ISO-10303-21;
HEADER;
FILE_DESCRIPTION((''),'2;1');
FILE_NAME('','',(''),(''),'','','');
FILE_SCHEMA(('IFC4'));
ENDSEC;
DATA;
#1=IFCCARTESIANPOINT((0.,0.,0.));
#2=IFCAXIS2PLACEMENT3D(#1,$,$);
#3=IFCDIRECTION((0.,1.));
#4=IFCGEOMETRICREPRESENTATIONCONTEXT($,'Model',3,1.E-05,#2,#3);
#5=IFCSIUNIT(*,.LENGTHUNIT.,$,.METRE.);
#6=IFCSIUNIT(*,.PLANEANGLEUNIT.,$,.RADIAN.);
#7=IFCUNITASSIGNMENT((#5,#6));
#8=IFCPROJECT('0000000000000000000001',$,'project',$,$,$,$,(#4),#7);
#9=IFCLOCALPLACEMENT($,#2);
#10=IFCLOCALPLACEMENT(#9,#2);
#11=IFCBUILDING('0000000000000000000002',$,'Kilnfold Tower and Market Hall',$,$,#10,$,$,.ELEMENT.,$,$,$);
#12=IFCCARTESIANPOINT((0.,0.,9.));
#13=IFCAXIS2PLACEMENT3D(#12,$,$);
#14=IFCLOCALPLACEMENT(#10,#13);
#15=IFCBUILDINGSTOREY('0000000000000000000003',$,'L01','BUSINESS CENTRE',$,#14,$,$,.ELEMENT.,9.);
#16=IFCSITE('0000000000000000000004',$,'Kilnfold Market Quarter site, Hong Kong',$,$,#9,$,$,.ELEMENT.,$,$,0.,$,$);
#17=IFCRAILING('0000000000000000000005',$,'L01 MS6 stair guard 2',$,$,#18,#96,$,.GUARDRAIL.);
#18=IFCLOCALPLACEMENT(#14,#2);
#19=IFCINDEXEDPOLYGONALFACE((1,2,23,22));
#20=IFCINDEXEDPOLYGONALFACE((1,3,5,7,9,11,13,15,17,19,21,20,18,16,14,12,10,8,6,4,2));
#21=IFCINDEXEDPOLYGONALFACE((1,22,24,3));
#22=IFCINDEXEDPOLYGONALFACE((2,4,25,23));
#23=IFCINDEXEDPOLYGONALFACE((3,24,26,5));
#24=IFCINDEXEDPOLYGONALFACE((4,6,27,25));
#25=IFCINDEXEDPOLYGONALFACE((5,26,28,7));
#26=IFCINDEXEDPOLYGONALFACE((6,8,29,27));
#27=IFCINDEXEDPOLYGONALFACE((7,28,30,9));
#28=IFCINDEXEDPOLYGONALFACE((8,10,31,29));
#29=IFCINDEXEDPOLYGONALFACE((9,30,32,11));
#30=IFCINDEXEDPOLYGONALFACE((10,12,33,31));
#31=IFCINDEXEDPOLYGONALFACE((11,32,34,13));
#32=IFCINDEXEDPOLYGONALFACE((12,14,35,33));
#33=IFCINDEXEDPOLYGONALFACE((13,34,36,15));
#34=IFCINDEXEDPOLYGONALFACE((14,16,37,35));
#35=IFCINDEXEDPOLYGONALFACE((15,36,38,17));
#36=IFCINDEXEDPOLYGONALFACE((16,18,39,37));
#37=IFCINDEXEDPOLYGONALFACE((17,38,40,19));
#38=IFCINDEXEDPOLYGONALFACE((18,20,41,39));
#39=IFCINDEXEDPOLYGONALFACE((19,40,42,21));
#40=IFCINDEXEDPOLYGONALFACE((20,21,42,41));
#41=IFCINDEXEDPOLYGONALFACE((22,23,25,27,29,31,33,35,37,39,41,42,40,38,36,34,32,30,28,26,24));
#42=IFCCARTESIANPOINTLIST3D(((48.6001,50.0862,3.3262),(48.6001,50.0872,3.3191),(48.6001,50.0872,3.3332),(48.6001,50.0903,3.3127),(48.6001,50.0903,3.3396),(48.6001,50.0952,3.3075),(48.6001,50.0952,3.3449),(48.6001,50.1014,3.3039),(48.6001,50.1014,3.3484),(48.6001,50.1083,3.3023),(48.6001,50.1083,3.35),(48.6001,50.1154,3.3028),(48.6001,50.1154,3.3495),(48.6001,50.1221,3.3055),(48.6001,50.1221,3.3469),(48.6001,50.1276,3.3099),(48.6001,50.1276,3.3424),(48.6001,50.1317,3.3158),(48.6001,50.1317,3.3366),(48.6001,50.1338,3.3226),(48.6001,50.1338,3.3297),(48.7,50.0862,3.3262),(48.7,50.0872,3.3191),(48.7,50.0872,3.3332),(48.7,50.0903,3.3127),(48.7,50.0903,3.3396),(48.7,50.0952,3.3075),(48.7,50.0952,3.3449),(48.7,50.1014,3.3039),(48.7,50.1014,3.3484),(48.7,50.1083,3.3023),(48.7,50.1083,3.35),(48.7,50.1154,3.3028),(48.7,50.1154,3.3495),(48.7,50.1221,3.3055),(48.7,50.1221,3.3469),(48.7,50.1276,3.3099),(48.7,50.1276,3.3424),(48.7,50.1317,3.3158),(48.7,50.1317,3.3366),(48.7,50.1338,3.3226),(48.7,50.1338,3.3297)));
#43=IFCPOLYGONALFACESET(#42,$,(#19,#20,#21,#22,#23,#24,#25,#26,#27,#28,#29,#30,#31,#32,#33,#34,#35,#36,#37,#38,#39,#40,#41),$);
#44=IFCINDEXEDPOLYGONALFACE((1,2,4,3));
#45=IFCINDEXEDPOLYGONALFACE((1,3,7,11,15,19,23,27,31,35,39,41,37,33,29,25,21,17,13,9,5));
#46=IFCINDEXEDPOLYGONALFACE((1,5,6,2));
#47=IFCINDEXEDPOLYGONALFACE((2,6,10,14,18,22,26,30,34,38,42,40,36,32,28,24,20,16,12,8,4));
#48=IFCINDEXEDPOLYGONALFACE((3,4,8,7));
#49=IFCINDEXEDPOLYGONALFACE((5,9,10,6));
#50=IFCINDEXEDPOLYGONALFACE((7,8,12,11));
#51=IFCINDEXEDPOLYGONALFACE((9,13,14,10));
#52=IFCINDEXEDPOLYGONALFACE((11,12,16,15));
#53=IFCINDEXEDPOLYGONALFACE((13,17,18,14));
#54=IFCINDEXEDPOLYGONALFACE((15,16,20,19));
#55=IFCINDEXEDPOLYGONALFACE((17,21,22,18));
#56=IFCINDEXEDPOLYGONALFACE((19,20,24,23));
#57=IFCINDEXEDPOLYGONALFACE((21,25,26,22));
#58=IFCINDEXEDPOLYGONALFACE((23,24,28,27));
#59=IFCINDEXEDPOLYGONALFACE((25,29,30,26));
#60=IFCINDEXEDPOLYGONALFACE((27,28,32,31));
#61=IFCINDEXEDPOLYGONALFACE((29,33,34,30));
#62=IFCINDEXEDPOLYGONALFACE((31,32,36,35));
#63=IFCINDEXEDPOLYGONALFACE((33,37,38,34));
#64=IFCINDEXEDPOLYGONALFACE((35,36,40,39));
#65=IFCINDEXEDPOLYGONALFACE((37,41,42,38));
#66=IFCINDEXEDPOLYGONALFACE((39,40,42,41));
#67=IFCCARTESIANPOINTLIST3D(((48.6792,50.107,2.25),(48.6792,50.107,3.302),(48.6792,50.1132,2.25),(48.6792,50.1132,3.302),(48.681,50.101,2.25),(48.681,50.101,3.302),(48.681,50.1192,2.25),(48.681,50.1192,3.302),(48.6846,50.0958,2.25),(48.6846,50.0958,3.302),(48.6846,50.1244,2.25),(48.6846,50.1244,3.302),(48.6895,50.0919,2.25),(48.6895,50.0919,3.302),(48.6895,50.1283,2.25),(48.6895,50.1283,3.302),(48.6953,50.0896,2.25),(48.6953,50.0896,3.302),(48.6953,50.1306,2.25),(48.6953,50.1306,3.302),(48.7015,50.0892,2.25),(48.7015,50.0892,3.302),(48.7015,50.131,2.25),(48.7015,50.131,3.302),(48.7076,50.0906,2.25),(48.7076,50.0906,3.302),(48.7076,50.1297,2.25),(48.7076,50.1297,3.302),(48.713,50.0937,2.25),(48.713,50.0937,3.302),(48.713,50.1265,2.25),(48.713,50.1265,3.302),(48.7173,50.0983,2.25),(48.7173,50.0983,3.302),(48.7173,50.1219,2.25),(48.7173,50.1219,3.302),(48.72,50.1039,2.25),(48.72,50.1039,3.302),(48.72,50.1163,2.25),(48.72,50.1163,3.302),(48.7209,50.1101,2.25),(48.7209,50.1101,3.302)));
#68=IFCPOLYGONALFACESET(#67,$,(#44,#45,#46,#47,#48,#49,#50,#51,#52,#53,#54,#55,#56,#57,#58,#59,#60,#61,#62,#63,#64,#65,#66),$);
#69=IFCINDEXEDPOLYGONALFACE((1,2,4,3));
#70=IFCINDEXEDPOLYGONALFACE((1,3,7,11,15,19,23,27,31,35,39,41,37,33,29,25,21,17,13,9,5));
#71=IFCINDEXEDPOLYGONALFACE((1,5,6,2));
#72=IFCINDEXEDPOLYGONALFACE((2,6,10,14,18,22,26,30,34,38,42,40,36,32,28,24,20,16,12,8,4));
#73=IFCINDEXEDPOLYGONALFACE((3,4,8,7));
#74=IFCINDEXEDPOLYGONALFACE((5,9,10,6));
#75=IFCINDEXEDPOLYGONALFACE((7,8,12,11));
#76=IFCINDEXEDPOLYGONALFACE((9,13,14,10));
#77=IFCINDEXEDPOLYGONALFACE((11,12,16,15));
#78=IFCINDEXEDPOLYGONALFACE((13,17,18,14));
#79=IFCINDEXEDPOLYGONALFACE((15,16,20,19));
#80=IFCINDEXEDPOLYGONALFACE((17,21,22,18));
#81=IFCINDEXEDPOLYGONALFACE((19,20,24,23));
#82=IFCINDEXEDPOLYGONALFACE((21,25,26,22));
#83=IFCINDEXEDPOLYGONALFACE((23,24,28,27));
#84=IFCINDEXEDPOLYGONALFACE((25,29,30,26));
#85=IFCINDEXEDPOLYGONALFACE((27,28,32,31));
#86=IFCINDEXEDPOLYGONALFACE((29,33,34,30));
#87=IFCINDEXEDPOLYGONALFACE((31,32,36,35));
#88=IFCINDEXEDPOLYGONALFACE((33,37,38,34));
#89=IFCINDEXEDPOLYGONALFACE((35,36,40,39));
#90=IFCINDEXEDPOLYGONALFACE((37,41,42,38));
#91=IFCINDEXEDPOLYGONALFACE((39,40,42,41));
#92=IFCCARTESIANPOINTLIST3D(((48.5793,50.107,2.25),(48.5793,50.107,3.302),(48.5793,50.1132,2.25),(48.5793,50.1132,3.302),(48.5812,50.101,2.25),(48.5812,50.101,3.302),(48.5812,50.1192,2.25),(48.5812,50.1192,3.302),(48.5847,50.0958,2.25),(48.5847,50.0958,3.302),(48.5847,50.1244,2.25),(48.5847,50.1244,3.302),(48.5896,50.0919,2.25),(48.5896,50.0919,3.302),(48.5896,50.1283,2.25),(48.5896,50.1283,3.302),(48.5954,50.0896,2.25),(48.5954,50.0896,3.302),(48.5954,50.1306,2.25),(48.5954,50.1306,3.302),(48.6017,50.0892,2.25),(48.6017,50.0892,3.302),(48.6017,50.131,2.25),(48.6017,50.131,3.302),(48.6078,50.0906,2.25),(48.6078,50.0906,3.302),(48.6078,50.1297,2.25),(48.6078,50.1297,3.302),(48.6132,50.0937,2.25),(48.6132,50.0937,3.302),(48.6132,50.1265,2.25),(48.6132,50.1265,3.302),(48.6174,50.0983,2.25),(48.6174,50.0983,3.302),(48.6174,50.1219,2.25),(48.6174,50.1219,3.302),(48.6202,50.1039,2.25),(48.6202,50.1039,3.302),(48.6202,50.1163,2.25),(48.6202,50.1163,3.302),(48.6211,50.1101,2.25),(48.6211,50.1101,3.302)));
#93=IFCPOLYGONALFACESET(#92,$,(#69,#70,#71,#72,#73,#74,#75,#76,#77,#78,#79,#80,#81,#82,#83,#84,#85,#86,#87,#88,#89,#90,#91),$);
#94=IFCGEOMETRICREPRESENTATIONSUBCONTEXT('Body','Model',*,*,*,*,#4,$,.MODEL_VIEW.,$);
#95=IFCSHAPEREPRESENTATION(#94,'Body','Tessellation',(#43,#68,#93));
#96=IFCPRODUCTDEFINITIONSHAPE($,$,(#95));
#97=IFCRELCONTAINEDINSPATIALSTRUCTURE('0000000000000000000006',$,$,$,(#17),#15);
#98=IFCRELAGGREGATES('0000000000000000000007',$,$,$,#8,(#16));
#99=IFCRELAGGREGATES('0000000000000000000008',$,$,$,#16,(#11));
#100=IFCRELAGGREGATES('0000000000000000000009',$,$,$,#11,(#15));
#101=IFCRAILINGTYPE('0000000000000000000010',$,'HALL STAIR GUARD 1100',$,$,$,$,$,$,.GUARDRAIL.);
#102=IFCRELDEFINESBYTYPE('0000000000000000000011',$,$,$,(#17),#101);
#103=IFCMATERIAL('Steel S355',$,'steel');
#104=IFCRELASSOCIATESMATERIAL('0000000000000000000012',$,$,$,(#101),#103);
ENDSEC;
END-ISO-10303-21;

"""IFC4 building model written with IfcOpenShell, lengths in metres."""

from ifc_helpers import new_model, si_unit, direction, frame, origin, origin_2d, place, context, subcontext, project, spatial, circle, extrude, material, type_object, element, save


model = new_model("IFC4")

# Units and contexts
model_context = context("Model", 3, precision=1e-05, world=origin(), true_north=direction((0.0, 1.0)))
body_context = subcontext(model_context, "Body", "Model", "MODEL_VIEW")
ifc_project = project(units=[si_unit("LENGTHUNIT", "METRE"), si_unit("PLANEANGLEUNIT", "RADIAN")], contexts=[model_context])

# Site, building, storey
site_placement = place(None, origin())
site = spatial("IfcSite", under=ifc_project, at=site_placement, Name="Kilnfold Market Quarter site, Hong Kong", CompositionType="ELEMENT", RefElevation=0.0)
building_placement = place(site_placement, origin())
building = spatial("IfcBuilding", under=site, at=building_placement, Name="Kilnfold Tower and Market Hall", CompositionType="ELEMENT")
storey_placement = place(building_placement, frame((0.0, 0.0, 9.0)))
storey = spatial("IfcBuildingStorey", under=building, at=storey_placement, Name="L01", Description="BUSINESS CENTRE", CompositionType="ELEMENT", Elevation=9.0)

# Railing
ifc_material_1 = material(Name="Steel S355", Category="steel")
railing_type_1 = type_object("IfcRailingType", Name="HALL STAIR GUARD 1100", PredefinedType="GUARDRAIL", material=ifc_material_1)
railing_1_placement = place(storey_placement, frame((48.7, 50.1101, 2.25)))
element("IfcRailing", 1, at=railing_1_placement, inside=storey, type_object=railing_type_1, Name="L01 MS6 stair guard 2", PredefinedType="GUARDRAIL", context=body_context, shape_type="SweptSolid", body=[
    extrude(circle(Radius=0.0239, at=origin_2d()), frame((0.0, 0.0, 1.0762), z_axis=(-1.0, 0.0, 0.0), x_axis=(0.0, -1.0, 0.0)), (0.0, 0.0, 1.0), 0.0999),
    extrude(circle(Radius=0.021, at=origin_2d()), origin(), (0.0, 0.0, 1.0), 1.052),
    extrude(circle(Radius=0.021, at=origin_2d()), frame((-0.0999, 0.0, 0.0)), (0.0, 0.0, 1.0), 1.052),
])

save(model, "model.ifc")
